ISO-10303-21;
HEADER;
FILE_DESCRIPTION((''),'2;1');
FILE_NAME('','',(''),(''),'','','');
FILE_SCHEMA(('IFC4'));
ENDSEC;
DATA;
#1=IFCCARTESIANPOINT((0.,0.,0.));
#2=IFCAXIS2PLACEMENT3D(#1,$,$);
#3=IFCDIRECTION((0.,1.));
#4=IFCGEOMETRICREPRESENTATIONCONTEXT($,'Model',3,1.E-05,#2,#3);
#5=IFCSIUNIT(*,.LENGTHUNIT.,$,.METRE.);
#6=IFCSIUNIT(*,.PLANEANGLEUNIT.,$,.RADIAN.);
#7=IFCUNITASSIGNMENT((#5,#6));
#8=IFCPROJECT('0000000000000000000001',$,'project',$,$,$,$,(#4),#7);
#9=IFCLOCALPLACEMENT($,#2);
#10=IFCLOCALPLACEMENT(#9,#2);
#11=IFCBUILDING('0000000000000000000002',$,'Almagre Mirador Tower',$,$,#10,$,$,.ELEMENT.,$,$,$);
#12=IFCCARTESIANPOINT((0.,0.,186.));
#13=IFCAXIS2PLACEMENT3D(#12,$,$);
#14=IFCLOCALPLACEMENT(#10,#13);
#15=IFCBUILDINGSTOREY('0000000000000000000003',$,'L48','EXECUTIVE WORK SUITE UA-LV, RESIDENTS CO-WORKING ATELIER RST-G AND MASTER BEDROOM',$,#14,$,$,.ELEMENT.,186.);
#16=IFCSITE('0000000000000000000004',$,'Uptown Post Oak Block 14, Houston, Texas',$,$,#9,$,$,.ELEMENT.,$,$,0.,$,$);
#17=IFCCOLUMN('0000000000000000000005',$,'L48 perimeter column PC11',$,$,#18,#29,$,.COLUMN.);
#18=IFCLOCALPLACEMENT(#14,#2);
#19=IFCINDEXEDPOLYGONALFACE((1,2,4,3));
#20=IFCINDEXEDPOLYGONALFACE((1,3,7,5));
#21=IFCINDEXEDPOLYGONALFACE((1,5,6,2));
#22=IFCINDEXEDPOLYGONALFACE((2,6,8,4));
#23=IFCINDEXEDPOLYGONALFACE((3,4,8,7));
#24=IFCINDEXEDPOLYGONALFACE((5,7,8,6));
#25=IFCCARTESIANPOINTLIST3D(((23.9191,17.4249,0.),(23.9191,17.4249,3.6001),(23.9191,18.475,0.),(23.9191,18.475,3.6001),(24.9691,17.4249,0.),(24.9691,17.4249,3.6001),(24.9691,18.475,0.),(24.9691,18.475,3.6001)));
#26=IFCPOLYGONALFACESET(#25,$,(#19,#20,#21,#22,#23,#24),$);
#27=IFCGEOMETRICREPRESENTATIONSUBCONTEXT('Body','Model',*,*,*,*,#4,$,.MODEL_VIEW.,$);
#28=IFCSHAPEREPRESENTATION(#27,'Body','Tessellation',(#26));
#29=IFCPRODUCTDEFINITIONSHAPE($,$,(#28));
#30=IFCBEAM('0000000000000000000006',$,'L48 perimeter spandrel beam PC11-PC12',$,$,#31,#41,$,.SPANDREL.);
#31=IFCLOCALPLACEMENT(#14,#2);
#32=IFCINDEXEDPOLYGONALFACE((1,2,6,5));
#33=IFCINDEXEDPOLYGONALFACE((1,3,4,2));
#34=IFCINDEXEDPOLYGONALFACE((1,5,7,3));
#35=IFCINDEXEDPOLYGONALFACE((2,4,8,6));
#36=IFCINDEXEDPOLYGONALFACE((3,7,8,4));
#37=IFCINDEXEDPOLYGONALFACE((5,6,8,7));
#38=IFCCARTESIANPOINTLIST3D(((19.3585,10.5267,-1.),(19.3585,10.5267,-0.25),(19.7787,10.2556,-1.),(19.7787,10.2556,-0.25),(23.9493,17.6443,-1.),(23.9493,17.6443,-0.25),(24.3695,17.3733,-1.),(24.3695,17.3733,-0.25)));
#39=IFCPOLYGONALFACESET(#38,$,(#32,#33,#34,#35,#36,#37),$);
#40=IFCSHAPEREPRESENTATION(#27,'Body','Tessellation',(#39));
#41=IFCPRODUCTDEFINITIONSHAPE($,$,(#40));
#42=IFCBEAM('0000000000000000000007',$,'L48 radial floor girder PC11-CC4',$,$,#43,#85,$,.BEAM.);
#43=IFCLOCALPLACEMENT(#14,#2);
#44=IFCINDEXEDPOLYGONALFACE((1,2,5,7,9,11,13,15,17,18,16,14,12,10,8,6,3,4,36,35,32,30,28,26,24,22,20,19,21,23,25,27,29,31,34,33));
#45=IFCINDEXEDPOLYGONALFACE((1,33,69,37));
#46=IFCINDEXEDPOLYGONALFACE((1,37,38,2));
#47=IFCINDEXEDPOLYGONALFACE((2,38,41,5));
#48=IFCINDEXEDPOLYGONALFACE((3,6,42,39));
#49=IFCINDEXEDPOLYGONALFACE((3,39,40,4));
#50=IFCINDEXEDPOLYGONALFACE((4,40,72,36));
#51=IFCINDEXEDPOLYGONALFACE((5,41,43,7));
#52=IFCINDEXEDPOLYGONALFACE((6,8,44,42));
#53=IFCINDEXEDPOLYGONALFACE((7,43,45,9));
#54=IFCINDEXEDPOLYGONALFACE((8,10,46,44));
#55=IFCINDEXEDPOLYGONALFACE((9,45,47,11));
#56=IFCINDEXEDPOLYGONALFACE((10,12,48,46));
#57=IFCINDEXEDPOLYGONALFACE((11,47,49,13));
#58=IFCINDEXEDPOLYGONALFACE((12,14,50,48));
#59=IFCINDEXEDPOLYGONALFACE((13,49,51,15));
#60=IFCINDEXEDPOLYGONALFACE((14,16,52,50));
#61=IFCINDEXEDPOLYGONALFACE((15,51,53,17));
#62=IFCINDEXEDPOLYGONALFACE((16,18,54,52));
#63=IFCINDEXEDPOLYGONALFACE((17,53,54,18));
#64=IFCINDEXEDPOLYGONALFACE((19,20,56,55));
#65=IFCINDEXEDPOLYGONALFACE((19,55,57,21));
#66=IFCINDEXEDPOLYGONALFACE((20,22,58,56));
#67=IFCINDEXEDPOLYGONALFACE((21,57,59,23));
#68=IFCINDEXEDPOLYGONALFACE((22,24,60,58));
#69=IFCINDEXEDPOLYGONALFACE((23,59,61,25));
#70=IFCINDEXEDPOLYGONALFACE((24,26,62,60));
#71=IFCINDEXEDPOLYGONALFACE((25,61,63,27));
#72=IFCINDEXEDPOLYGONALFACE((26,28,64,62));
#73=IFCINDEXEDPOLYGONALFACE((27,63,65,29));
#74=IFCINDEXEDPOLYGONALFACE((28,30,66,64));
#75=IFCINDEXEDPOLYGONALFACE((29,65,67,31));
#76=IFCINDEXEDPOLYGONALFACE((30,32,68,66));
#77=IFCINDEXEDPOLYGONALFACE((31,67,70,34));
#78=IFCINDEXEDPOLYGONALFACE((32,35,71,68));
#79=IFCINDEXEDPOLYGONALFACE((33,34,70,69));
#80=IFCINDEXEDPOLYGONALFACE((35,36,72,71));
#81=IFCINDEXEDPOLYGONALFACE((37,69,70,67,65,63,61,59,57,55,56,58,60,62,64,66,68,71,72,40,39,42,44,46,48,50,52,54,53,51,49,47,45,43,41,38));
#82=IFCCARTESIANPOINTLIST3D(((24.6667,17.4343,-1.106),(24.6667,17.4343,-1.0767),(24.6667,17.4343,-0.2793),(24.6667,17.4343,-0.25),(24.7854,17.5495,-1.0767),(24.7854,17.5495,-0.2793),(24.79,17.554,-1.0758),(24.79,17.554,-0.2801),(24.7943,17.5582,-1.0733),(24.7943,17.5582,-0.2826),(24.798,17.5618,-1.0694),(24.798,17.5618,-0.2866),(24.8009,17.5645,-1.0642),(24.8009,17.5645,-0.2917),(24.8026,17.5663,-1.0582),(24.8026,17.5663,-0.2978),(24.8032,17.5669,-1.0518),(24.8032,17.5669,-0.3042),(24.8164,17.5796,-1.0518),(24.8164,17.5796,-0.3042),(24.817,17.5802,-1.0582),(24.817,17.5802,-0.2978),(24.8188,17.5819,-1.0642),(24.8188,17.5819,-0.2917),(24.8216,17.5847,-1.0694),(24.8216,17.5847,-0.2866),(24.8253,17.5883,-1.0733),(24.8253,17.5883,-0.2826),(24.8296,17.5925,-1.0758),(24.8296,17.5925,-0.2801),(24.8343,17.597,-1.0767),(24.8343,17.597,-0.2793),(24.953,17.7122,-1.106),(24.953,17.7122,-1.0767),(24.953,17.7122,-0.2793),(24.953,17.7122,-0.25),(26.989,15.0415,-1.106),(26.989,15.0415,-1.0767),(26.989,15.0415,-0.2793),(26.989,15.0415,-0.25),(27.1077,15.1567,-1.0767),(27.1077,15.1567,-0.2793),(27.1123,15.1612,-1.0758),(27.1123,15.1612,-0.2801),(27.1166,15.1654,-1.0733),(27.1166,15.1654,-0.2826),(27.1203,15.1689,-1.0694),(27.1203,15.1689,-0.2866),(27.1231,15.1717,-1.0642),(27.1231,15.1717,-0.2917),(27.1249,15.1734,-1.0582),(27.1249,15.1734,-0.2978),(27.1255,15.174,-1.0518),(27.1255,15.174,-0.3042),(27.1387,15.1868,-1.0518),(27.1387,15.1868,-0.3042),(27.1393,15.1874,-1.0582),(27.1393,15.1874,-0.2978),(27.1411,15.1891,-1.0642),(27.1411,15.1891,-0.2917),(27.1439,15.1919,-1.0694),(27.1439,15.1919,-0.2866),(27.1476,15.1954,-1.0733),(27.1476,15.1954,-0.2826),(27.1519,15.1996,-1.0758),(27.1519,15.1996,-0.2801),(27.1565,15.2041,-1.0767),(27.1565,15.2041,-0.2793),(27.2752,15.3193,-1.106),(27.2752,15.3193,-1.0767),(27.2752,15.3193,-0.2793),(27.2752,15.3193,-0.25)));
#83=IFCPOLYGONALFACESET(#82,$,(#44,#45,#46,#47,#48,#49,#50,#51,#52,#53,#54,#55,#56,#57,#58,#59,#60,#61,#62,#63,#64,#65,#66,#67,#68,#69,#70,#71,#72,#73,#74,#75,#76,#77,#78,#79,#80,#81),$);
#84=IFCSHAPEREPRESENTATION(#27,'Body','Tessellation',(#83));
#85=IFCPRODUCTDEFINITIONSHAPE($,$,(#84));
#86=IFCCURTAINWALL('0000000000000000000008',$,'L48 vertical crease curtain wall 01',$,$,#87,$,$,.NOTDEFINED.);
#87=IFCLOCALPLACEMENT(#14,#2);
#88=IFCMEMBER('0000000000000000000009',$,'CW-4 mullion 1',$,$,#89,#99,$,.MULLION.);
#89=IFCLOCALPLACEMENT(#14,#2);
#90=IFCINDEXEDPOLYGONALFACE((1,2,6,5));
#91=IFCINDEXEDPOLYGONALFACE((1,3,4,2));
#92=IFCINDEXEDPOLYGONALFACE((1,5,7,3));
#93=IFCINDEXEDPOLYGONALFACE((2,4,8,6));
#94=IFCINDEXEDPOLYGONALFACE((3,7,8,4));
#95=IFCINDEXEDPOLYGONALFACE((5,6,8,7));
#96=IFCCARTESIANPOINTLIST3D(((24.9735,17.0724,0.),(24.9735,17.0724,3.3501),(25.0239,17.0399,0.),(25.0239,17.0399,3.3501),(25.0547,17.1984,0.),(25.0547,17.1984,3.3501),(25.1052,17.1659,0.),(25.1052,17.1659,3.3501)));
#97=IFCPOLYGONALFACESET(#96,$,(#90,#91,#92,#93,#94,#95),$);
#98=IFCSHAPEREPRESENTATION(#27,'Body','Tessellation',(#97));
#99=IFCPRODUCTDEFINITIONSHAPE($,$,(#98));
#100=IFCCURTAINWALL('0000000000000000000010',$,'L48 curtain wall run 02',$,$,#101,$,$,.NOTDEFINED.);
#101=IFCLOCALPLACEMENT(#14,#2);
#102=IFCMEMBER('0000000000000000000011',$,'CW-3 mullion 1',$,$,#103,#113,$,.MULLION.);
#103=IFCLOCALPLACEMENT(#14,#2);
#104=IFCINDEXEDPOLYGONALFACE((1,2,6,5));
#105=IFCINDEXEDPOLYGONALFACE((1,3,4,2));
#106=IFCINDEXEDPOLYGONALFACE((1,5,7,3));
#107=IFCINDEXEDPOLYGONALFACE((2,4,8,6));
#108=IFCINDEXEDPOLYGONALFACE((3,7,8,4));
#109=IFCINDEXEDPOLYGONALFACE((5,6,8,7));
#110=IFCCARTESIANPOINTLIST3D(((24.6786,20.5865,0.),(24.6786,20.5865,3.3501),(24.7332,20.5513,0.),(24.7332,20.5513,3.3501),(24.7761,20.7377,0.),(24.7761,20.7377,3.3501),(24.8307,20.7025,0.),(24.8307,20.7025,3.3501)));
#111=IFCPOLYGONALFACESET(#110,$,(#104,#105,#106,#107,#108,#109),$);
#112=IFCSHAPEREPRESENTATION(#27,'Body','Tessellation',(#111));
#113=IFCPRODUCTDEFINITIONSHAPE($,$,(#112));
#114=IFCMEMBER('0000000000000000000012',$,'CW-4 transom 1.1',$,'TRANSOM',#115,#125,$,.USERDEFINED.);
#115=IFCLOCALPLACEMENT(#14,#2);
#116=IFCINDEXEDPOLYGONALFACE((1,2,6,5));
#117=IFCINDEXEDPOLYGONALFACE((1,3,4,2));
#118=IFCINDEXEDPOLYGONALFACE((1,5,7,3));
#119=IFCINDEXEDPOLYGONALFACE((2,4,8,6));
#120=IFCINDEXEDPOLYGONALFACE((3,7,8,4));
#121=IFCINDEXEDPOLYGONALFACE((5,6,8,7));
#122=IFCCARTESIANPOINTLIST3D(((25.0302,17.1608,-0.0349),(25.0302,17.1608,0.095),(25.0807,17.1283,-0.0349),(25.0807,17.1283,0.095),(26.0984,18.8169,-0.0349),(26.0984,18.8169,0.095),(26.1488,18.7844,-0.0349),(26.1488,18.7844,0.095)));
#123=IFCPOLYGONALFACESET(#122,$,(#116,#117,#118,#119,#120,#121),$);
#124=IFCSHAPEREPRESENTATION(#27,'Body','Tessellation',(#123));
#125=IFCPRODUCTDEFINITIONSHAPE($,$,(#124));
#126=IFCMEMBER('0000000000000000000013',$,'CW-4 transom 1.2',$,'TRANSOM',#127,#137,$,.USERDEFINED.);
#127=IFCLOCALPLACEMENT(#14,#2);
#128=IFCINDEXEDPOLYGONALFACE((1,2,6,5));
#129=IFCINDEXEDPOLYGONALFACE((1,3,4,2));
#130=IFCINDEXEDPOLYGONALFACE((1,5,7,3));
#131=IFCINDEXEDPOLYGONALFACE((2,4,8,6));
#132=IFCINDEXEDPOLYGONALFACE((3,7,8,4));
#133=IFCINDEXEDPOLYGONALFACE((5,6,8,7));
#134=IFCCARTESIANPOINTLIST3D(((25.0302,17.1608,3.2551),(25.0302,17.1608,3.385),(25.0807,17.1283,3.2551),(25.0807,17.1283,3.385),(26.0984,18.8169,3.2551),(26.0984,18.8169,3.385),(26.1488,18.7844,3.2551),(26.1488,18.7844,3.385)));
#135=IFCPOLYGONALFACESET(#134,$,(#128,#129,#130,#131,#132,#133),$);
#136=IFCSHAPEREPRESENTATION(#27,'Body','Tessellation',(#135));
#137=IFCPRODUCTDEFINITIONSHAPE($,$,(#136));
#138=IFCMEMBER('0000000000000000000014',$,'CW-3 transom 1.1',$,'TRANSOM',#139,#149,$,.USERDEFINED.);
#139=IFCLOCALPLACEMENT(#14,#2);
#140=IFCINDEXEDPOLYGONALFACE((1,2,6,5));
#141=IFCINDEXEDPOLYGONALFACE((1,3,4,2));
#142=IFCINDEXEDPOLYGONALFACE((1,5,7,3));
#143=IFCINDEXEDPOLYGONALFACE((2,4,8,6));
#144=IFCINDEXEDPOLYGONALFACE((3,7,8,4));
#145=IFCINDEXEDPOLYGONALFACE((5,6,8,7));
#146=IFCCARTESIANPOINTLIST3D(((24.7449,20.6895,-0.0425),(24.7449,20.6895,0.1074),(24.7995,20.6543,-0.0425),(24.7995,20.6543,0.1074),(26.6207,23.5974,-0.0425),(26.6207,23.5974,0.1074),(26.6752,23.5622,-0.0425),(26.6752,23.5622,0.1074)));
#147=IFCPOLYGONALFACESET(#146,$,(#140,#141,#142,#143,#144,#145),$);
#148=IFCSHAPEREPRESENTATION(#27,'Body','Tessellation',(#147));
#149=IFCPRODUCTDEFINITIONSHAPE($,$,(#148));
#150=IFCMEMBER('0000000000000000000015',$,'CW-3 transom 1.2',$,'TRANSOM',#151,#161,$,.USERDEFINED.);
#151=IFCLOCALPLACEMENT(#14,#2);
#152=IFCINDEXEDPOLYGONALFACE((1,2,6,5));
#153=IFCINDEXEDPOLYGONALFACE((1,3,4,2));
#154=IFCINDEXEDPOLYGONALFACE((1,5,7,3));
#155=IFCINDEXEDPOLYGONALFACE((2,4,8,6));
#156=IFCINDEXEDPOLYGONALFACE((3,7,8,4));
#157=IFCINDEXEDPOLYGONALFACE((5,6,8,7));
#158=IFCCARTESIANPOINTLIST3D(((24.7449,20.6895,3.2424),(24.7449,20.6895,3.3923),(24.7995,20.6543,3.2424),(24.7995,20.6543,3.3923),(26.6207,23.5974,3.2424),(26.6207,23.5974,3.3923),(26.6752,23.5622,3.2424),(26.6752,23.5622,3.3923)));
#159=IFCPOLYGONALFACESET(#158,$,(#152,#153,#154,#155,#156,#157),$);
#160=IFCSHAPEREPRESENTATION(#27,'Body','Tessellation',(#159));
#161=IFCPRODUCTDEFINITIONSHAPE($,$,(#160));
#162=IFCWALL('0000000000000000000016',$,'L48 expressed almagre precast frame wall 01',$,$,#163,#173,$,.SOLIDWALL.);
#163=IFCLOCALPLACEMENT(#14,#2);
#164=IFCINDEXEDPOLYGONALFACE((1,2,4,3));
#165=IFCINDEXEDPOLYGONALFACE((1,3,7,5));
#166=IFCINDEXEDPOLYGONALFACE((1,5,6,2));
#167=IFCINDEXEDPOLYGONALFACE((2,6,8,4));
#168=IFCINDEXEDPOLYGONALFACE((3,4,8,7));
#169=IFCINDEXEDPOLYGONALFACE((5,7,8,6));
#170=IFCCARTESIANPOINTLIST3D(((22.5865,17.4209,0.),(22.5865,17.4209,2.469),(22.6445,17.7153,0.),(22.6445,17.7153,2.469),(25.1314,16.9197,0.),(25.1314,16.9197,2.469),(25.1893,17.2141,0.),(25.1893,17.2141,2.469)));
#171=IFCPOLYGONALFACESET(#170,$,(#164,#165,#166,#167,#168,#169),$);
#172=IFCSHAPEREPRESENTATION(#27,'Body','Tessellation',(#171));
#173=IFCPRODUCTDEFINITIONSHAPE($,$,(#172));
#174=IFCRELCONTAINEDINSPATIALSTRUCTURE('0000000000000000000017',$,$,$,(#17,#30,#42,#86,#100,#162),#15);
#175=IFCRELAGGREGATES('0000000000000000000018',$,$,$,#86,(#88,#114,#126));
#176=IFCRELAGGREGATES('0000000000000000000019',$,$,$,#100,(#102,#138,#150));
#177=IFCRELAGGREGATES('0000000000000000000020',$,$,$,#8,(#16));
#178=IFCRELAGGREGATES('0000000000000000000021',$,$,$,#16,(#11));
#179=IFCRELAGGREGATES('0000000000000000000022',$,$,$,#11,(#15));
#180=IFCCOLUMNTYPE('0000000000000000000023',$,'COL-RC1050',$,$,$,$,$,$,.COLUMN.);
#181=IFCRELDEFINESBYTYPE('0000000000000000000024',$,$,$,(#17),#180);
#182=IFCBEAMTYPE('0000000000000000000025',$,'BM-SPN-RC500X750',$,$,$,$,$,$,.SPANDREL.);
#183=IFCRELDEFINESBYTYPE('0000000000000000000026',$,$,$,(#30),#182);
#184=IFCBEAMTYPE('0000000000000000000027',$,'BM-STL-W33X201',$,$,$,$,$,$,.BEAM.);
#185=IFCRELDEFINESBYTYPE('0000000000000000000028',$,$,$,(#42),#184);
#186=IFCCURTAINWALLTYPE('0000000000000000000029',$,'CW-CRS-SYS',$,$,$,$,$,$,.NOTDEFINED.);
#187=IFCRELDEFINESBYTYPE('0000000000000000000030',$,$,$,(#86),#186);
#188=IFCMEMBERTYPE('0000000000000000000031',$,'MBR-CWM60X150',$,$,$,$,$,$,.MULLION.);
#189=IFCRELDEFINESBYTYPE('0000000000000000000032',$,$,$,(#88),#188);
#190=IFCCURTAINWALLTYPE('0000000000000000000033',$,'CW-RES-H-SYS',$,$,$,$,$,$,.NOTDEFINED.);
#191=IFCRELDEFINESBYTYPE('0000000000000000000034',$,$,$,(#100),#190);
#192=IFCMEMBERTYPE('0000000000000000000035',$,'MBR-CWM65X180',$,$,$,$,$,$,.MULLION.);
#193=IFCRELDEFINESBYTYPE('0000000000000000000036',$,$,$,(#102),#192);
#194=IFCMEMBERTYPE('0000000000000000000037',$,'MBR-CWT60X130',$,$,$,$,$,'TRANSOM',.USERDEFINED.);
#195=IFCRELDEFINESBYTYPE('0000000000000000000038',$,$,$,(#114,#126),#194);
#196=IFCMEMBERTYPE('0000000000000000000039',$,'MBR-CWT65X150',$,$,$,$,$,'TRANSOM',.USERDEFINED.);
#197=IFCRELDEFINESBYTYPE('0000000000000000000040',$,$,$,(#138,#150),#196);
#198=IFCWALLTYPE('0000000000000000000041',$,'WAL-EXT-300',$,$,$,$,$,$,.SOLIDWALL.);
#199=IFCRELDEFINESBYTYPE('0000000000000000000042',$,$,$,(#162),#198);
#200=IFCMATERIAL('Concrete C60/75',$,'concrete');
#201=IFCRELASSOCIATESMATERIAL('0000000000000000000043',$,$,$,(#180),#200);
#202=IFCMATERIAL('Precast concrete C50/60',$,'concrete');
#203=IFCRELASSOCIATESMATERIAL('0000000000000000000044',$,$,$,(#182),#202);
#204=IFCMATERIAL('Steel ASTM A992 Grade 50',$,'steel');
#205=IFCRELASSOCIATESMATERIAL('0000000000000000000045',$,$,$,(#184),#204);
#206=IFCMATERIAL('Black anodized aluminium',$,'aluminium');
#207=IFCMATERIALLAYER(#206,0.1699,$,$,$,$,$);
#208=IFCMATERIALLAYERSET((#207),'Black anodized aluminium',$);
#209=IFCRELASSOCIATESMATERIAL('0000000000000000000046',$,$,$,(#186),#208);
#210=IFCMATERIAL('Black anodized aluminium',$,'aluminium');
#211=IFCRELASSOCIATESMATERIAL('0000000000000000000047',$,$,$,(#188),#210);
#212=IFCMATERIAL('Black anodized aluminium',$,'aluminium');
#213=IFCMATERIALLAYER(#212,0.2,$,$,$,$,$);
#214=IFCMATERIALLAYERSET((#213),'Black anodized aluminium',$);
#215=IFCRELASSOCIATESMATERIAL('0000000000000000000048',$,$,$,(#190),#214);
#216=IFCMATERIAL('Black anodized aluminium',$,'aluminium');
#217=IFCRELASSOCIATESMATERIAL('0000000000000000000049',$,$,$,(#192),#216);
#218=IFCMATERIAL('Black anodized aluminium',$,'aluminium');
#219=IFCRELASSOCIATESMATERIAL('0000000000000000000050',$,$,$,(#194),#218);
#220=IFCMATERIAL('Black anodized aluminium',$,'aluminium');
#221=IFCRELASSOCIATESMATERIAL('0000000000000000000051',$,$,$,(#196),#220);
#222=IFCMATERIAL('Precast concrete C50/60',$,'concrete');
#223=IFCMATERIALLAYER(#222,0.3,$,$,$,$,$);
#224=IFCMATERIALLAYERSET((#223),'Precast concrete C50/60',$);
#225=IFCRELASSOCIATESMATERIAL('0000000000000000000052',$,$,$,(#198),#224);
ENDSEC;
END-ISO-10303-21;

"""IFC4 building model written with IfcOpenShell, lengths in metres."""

from ifc_helpers import new_model, si_unit, direction, frame, frame_2d, origin, origin_2d, place, context, subcontext, project, spatial, rectangle, i_section, extrude, material, layer, layer_set, material_profile, profile_set, type_object, element, aggregate, save


model = new_model("IFC4")

# Units and contexts
model_context = context("Model", 3, precision=1e-05, world=origin(), true_north=direction((0.0, 1.0)))
body_context = subcontext(model_context, "Body", "Model", "MODEL_VIEW")
ifc_project = project(units=[si_unit("LENGTHUNIT", "METRE"), si_unit("PLANEANGLEUNIT", "RADIAN")], contexts=[model_context])

# Site, building, storey
site_placement = place(None, origin())
site = spatial("IfcSite", under=ifc_project, at=site_placement, Name="Uptown Post Oak Block 14, Houston, Texas", CompositionType="ELEMENT", RefElevation=0.0)
building_placement = place(site_placement, origin())
building = spatial("IfcBuilding", under=site, at=building_placement, Name="Almagre Mirador Tower", CompositionType="ELEMENT")
storey_placement = place(building_placement, frame((0.0, 0.0, 186.0)))
storey = spatial("IfcBuildingStorey", under=building, at=storey_placement, Name="L48", Description="EXECUTIVE WORK SUITE UA-LV, RESIDENTS CO-WORKING ATELIER RST-G AND MASTER BEDROOM", CompositionType="ELEMENT", Elevation=186.0)

# Column
ifc_material_1 = material(Name="Concrete C60/75", Category="concrete")
ifc_material_profile_1 = material_profile(ifc_material_1, rectangle(XDim=1.05, YDim=1.05, at=origin_2d()), Name="RC1050X1050")
ifc_profile_set_1 = profile_set([ifc_material_profile_1], Name="Concrete C60/75")
column_type = type_object("IfcColumnType", Name="COL-RC1050", PredefinedType="COLUMN", material=ifc_profile_set_1)
column_placement = place(storey_placement, frame((24.4441, 17.95, 0.0), z_axis=(0.0, 0.0, 1.0), x_axis=(1.0, 0.0, 0.0)))
element("IfcColumn", 1, at=column_placement, inside=storey, type_object=column_type, Name="L48 perimeter column PC11", PredefinedType="COLUMN", context=body_context, shape_type="SweptSolid", body=[
    extrude(rectangle(XDim=1.05, YDim=1.05, at=origin_2d()), origin(), (0.0, 0.0, 1.0), 3.6001),
])

# Beams
ifc_material_2 = material(Name="Precast concrete C50/60", Category="concrete")
ifc_material_profile_2 = material_profile(ifc_material_2, rectangle(XDim=0.5, YDim=0.75, at=origin_2d()), Name="RC500X750")
ifc_profile_set_2 = profile_set([ifc_material_profile_2], Name="Precast concrete C50/60")
beam_type_1 = type_object("IfcBeamType", Name="BM-SPN-RC500X750", PredefinedType="SPANDREL", material=ifc_profile_set_2)
beam_1_placement = place(storey_placement, frame((24.1594, 17.5088, -0.625), z_axis=(-0.542024, -0.840363, 0.0), x_axis=(0.840363, -0.542024, 0.0)))
element("IfcBeam", 2, at=beam_1_placement, inside=storey, type_object=beam_type_1, Name="L48 perimeter spandrel beam PC11-PC12", PredefinedType="SPANDREL", context=body_context, shape_type="SweptSolid", body=[
    extrude(rectangle(XDim=0.5, YDim=0.75, at=origin_2d()), origin(), (0.0, 0.0, 1.0), 8.4697),
])
ifc_material_3 = material(Name="Steel ASTM A992 Grade 50", Category="steel")
ifc_material_profile_3 = material_profile(ifc_material_3, i_section(OverallWidth=0.3989, OverallDepth=0.856, WebThickness=0.0183, FlangeThickness=0.0293, FilletRadius=0.0249, at=origin_2d()), Name="W33X201")
ifc_profile_set_3 = profile_set([ifc_material_profile_3], Name="Steel ASTM A992 Grade 50")
beam_type_2 = type_object("IfcBeamType", Name="BM-STL-W33X201", PredefinedType="BEAM", material=ifc_profile_set_3)
beam_2_placement = place(storey_placement, frame((24.8098, 17.5732, -0.678), z_axis=(0.696448, -0.717608, 0.0), x_axis=(0.717608, 0.696448, 0.0)))
element("IfcBeam", 3, at=beam_2_placement, inside=storey, type_object=beam_type_2, Name="L48 radial floor girder PC11-CC4", PredefinedType="BEAM", context=body_context, shape_type="SweptSolid", body=[
    extrude(i_section(OverallWidth=0.3989, OverallDepth=0.856, WebThickness=0.0183, FlangeThickness=0.0293, FilletRadius=0.0249, at=origin_2d()), origin(), (0.0, 0.0, 1.0), 3.3345),
])

# Curtain walls, members
ifc_material_4 = material(Name="Black anodized aluminium", Category="aluminium")
ifc_layer_1 = layer(ifc_material_4, 0.1699)
ifc_layer_set_1 = layer_set([ifc_layer_1], Name="Black anodized aluminium")
curtain_wall_type_1 = type_object("IfcCurtainWallType", Name="CW-CRS-SYS", PredefinedType="NOTDEFINED", material=ifc_layer_set_1)
curtain_wall_1_placement = place(storey_placement, origin())
curtain_wall_1 = element("IfcCurtainWall", 4, at=curtain_wall_1_placement, inside=storey, type_object=curtain_wall_type_1, Name="L48 vertical crease curtain wall 01", PredefinedType="NOTDEFINED")
ifc_material_5 = material(Name="Black anodized aluminium", Category="aluminium")
ifc_material_profile_4 = material_profile(ifc_material_5, rectangle(XDim=0.0601, YDim=0.1499, at=origin_2d()), Name="CWM60X150")
ifc_profile_set_4 = profile_set([ifc_material_profile_4], Name="Black anodized aluminium")
member_type_1 = type_object("IfcMemberType", Name="MBR-CWM60X150", PredefinedType="MULLION", material=ifc_profile_set_4)
member_1_placement = place(storey_placement, frame((25.0393, 17.1191, 0.0), z_axis=(0.0, 0.0, 1.0), x_axis=(-0.840416, 0.541942, 0.0)))
member_1 = element("IfcMember", 5, at=member_1_placement, type_object=member_type_1, Name="CW-4 mullion 1", PredefinedType="MULLION", context=body_context, shape_type="SweptSolid", body=[
    extrude(rectangle(XDim=0.0601, YDim=0.1499, at=origin_2d()), origin(), (0.0, 0.0, 1.0), 3.3501),
])
ifc_material_6 = material(Name="Black anodized aluminium", Category="aluminium")
ifc_layer_2 = layer(ifc_material_6, 0.2)
ifc_layer_set_2 = layer_set([ifc_layer_2], Name="Black anodized aluminium")
curtain_wall_type_2 = type_object("IfcCurtainWallType", Name="CW-RES-H-SYS", PredefinedType="NOTDEFINED", material=ifc_layer_set_2)
curtain_wall_2_placement = place(storey_placement, origin())
curtain_wall_2 = element("IfcCurtainWall", 6, at=curtain_wall_2_placement, inside=storey, type_object=curtain_wall_type_2, Name="L48 curtain wall run 02", PredefinedType="NOTDEFINED")
ifc_material_7 = material(Name="Black anodized aluminium", Category="aluminium")
ifc_material_profile_5 = material_profile(ifc_material_7, rectangle(XDim=0.0649, YDim=0.1799, at=origin_2d()), Name="CWM65X180")
ifc_profile_set_5 = profile_set([ifc_material_profile_5], Name="Black anodized aluminium")
member_type_2 = type_object("IfcMemberType", Name="MBR-CWM65X180", PredefinedType="MULLION", material=ifc_profile_set_5)
member_2_placement = place(storey_placement, frame((24.7546, 20.6445, 0.0), z_axis=(0.0, 0.0, 1.0), x_axis=(-0.840363, 0.542024, 0.0)))
member_2 = element("IfcMember", 7, at=member_2_placement, type_object=member_type_2, Name="CW-3 mullion 1", PredefinedType="MULLION", context=body_context, shape_type="SweptSolid", body=[
    extrude(rectangle(XDim=0.0649, YDim=0.1799, at=origin_2d()), origin(), (0.0, 0.0, 1.0), 3.3501),
])

# Members
ifc_material_8 = material(Name="Black anodized aluminium", Category="aluminium")
ifc_material_profile_6 = material_profile(ifc_material_8, rectangle(XDim=0.0601, YDim=0.1299, at=origin_2d()), Name="CWT60X130")
ifc_profile_set_6 = profile_set([ifc_material_profile_6], Name="Black anodized aluminium")
member_type_3 = type_object("IfcMemberType", Name="MBR-CWT60X130", ElementType="TRANSOM", PredefinedType="USERDEFINED", material=ifc_profile_set_6)
member_3_placement = place(storey_placement, frame((25.0554, 17.1445, 0.03), z_axis=(0.542028, 0.84036, 0.0), x_axis=(-0.84036, 0.542028, 0.0)))
member_3 = element("IfcMember", 8, at=member_3_placement, type_object=member_type_3, Name="CW-4 transom 1.1", ObjectType="TRANSOM", PredefinedType="USERDEFINED", context=body_context, shape_type="SweptSolid", body=[
    extrude(rectangle(XDim=0.0601, YDim=0.1299, at=origin_2d()), origin(), (0.0, 0.0, 1.0), 1.9707),
])
member_4_placement = place(storey_placement, frame((25.0554, 17.1445, 3.3201), z_axis=(0.542028, 0.84036, 0.0), x_axis=(-0.84036, 0.542028, 0.0)))
member_4 = element("IfcMember", 9, at=member_4_placement, type_object=member_type_3, Name="CW-4 transom 1.2", ObjectType="TRANSOM", PredefinedType="USERDEFINED", context=body_context, shape_type="SweptSolid", body=[
    extrude(rectangle(XDim=0.0601, YDim=0.1299, at=origin_2d()), origin(), (0.0, 0.0, 1.0), 1.9707),
])
aggregate(curtain_wall_1, [member_1, member_3, member_4])
ifc_material_9 = material(Name="Black anodized aluminium", Category="aluminium")
ifc_material_profile_7 = material_profile(ifc_material_9, rectangle(XDim=0.0649, YDim=0.1499, at=origin_2d()), Name="CWT65X150")
ifc_profile_set_7 = profile_set([ifc_material_profile_7], Name="Black anodized aluminium")
member_type_4 = type_object("IfcMemberType", Name="MBR-CWT65X150", ElementType="TRANSOM", PredefinedType="USERDEFINED", material=ifc_profile_set_7)
member_5_placement = place(storey_placement, frame((24.7722, 20.6719, 0.0325), z_axis=(0.542051, 0.840345, 0.0), x_axis=(-0.840345, 0.542051, 0.0)))
member_5 = element("IfcMember", 10, at=member_5_placement, type_object=member_type_4, Name="CW-3 transom 1.1", ObjectType="TRANSOM", PredefinedType="USERDEFINED", context=body_context, shape_type="SweptSolid", body=[
    extrude(rectangle(XDim=0.0649, YDim=0.1499, at=origin_2d()), origin(), (0.0, 0.0, 1.0), 3.4604),
])
member_6_placement = place(storey_placement, frame((24.7722, 20.6719, 3.3174), z_axis=(0.542051, 0.840345, 0.0), x_axis=(-0.840345, 0.542051, 0.0)))
member_6 = element("IfcMember", 11, at=member_6_placement, type_object=member_type_4, Name="CW-3 transom 1.2", ObjectType="TRANSOM", PredefinedType="USERDEFINED", context=body_context, shape_type="SweptSolid", body=[
    extrude(rectangle(XDim=0.0649, YDim=0.1499, at=origin_2d()), origin(), (0.0, 0.0, 1.0), 3.4604),
])
aggregate(curtain_wall_2, [member_2, member_5, member_6])

# Wall
ifc_material_10 = material(Name="Precast concrete C50/60", Category="concrete")
ifc_layer_3 = layer(ifc_material_10, 0.3)
ifc_layer_set_3 = layer_set([ifc_layer_3], Name="Precast concrete C50/60")
wall_type_1 = type_object("IfcWallType", Name="WAL-EXT-300", PredefinedType="SOLIDWALL", material=ifc_layer_set_3)
wall_1_placement = place(storey_placement, frame((22.6155, 17.5681, 0.0), z_axis=(0.0, 0.0, 1.0), x_axis=(0.981152, -0.193237, 0.0)))
element("IfcWall", 12, at=wall_1_placement, inside=storey, type_object=wall_type_1, Name="L48 expressed almagre precast frame wall 01", PredefinedType="SOLIDWALL", context=body_context, shape_type="SweptSolid", body=[
    extrude(rectangle(XDim=2.5938, YDim=0.3, at=frame_2d((1.2969, 0.0))), origin(), (0.0, 0.0, 1.0), 2.469),
])

save(model, "model.ifc")
